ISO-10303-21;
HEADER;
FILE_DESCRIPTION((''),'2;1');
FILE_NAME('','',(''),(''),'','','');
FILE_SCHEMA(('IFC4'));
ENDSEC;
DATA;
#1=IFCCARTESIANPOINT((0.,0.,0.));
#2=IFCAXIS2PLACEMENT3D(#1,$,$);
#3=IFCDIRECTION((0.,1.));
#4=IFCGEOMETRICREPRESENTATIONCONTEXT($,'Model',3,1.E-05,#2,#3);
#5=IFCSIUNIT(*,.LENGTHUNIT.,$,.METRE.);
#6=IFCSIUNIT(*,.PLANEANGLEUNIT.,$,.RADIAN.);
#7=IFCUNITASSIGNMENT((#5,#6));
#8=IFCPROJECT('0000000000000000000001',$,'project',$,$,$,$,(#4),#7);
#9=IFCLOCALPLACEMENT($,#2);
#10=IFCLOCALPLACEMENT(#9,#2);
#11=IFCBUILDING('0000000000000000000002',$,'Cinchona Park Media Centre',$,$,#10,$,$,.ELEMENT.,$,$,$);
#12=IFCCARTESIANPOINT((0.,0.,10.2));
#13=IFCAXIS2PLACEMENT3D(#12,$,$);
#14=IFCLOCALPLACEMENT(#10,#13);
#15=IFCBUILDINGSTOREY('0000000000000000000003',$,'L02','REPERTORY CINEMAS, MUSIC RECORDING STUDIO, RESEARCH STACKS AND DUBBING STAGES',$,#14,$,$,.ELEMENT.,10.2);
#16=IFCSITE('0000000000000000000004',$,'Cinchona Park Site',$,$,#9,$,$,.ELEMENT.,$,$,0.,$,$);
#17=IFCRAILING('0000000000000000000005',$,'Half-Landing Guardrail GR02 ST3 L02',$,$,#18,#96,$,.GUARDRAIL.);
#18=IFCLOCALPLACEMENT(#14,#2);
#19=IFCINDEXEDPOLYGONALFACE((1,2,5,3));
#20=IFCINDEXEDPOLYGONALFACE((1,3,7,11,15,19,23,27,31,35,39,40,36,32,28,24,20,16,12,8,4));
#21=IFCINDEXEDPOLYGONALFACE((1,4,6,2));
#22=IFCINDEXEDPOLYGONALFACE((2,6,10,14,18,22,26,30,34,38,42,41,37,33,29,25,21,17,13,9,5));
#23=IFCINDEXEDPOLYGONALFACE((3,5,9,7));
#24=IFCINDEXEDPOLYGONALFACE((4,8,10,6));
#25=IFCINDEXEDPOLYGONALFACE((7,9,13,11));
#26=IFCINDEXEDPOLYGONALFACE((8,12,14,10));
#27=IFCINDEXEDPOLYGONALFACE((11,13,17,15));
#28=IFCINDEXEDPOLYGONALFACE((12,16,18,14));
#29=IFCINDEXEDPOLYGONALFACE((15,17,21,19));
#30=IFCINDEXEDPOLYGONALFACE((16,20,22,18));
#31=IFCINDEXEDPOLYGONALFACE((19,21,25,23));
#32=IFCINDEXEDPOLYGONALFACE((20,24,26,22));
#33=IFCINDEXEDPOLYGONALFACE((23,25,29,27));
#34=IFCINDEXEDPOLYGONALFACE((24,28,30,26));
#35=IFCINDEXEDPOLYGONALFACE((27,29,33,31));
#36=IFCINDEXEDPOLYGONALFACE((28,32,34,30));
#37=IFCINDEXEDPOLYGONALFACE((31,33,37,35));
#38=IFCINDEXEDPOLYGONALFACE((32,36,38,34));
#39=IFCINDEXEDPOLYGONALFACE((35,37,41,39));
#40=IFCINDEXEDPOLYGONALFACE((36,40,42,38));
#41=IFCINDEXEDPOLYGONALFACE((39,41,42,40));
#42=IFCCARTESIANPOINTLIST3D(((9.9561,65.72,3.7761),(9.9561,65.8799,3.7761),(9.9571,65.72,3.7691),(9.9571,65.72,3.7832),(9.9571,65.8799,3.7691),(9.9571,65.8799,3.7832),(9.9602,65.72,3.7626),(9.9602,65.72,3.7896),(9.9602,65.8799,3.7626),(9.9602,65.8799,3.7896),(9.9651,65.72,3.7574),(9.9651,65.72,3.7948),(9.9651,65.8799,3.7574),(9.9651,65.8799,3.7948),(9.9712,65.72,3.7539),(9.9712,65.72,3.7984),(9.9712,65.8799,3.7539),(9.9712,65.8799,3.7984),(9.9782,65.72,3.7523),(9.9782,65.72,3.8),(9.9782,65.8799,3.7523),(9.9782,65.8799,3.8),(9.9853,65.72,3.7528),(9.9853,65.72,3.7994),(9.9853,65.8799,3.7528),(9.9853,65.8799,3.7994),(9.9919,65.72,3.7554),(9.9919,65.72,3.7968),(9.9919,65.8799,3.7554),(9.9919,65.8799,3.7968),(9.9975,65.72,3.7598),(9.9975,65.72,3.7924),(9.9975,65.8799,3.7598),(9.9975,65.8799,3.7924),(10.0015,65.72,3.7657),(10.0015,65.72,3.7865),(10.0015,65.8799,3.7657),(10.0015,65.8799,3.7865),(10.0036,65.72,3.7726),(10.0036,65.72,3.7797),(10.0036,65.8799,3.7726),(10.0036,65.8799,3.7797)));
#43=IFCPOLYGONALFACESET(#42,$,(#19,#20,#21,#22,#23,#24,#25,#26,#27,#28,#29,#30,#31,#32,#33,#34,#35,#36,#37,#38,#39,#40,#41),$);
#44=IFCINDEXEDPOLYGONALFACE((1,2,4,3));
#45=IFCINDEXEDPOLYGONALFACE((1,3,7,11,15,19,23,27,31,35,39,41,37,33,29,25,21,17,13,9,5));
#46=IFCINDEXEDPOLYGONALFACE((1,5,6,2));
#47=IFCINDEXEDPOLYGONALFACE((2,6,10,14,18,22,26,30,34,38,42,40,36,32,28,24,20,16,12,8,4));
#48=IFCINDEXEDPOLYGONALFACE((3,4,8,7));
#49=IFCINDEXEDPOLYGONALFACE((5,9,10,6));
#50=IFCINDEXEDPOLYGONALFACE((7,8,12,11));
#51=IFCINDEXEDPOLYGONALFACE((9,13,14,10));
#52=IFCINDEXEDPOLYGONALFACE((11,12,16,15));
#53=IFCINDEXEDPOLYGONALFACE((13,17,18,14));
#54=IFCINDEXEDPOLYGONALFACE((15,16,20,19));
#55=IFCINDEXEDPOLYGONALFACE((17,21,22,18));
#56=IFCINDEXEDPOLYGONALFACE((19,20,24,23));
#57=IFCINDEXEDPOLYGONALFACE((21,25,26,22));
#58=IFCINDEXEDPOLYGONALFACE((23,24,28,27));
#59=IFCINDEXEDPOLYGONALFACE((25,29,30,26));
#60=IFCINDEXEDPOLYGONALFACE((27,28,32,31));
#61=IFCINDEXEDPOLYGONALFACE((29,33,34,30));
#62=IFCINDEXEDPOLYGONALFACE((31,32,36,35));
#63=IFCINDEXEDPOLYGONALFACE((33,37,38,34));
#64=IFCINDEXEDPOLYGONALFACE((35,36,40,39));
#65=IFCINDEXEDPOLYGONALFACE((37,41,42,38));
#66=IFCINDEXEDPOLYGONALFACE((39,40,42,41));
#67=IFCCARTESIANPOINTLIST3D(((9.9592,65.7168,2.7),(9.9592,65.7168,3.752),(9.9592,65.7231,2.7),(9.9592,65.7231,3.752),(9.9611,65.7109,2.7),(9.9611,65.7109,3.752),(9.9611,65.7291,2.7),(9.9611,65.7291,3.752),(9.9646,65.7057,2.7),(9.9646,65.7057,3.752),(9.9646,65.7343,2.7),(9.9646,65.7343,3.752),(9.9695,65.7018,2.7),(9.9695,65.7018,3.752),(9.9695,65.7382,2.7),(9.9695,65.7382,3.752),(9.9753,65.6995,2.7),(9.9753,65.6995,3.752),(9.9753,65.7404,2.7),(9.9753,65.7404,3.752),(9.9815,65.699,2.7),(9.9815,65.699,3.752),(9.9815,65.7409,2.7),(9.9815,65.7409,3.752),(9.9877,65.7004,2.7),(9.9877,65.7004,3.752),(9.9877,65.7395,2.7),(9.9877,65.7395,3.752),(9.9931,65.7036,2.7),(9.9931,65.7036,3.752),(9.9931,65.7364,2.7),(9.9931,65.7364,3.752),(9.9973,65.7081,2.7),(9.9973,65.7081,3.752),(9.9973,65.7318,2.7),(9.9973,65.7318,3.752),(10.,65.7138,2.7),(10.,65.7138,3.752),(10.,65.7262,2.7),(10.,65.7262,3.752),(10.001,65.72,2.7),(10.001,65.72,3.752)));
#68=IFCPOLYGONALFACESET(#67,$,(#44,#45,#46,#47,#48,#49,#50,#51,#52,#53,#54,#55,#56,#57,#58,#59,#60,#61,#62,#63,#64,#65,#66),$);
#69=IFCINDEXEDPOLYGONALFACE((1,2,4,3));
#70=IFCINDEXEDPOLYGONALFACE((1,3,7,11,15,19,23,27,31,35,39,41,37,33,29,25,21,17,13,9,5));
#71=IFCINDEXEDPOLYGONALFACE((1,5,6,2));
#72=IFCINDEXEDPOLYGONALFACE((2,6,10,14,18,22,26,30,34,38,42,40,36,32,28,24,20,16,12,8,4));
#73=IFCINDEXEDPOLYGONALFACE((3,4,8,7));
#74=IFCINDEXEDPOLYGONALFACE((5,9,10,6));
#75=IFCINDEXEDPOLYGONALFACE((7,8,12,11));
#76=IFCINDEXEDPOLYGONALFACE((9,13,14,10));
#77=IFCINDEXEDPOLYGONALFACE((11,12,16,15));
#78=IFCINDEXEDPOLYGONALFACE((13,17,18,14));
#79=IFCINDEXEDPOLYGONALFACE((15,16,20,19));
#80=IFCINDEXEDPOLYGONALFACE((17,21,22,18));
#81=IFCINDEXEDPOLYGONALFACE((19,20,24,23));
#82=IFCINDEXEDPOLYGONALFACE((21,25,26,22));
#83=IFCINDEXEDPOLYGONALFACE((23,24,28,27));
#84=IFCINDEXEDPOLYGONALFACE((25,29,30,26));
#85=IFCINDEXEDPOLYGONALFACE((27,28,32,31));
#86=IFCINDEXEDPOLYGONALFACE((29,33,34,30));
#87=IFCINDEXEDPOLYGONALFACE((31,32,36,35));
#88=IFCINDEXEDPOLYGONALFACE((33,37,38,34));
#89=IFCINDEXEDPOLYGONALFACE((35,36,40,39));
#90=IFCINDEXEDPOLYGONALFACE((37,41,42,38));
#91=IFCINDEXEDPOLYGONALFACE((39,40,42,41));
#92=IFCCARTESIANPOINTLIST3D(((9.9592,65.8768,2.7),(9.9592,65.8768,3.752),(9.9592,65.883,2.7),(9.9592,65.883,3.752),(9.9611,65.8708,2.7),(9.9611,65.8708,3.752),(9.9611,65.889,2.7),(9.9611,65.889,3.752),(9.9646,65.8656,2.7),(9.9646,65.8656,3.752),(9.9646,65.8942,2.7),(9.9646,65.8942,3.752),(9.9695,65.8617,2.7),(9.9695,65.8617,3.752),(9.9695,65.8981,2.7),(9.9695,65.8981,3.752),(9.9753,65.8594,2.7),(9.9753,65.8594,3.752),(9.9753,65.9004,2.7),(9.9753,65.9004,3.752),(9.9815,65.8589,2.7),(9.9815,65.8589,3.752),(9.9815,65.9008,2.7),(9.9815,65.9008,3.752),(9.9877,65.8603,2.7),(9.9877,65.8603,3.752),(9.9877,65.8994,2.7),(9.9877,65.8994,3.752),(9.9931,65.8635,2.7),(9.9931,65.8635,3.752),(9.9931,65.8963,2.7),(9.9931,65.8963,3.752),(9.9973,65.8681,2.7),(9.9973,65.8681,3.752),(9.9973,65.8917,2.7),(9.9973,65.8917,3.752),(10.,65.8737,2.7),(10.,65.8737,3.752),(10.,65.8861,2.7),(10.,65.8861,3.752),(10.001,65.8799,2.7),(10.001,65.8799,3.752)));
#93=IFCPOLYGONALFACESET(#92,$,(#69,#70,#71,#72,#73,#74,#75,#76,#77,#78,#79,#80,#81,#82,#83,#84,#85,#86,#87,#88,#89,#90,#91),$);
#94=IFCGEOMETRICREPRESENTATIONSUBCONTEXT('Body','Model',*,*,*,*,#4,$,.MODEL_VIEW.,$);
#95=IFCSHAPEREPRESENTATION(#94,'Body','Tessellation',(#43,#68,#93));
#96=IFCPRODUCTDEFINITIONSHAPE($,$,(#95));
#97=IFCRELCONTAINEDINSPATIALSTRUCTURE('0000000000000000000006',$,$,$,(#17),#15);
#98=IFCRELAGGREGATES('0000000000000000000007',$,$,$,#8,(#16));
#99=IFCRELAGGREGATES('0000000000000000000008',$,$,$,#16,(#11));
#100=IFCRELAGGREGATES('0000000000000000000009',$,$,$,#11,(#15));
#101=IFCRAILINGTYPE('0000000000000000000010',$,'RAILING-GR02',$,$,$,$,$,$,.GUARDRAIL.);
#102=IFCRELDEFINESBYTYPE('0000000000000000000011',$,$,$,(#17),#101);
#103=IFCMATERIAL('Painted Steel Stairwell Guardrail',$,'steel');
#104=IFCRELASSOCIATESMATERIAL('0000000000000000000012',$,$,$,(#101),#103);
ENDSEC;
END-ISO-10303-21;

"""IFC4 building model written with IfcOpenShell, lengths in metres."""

from ifc_helpers import new_model, si_unit, direction, frame, origin, origin_2d, place, context, subcontext, project, spatial, circle, extrude, material, type_object, element, save


model = new_model("IFC4")

# Units and contexts
model_context = context("Model", 3, precision=1e-05, world=origin(), true_north=direction((0.0, 1.0)))
body_context = subcontext(model_context, "Body", "Model", "MODEL_VIEW")
ifc_project = project(units=[si_unit("LENGTHUNIT", "METRE"), si_unit("PLANEANGLEUNIT", "RADIAN")], contexts=[model_context])

# Site, building, storey
site_placement = place(None, origin())
site = spatial("IfcSite", under=ifc_project, at=site_placement, Name="Cinchona Park Site", CompositionType="ELEMENT", RefElevation=0.0)
building_placement = place(site_placement, origin())
building = spatial("IfcBuilding", under=site, at=building_placement, Name="Cinchona Park Media Centre", CompositionType="ELEMENT")
storey_placement = place(building_placement, frame((0.0, 0.0, 10.2)))
storey = spatial("IfcBuildingStorey", under=building, at=storey_placement, Name="L02", Description="REPERTORY CINEMAS, MUSIC RECORDING STUDIO, RESEARCH STACKS AND DUBBING STAGES", CompositionType="ELEMENT", Elevation=10.2)

# Railing
ifc_material_1 = material(Name="Painted Steel Stairwell Guardrail", Category="steel")
railing_type_1 = type_object("IfcRailingType", Name="RAILING-GR02", PredefinedType="GUARDRAIL", material=ifc_material_1)
for number, where, name in (
    (1, (9.98, 65.72, 2.7), "Half-Landing Guardrail GR02 ST3 L02"),
):
    element("IfcRailing", number, at=place(storey_placement, frame(where)), inside=storey, type_object=railing_type_1, Name=name, PredefinedType="GUARDRAIL", context=body_context, shape_type="SweptSolid", body=[
        extrude(circle(Radius=0.0239, at=origin_2d()), frame((0.0, 0.0, 1.0762), z_axis=(0.0, 1.0, 0.0), x_axis=(-1.0, 0.0, 0.0)), (0.0, 0.0, 1.0), 0.1599),
        extrude(circle(Radius=0.021, at=origin_2d()), origin(), (0.0, 0.0, 1.0), 1.052),
        extrude(circle(Radius=0.021, at=origin_2d()), frame((0.0, 0.1599, 0.0)), (0.0, 0.0, 1.0), 1.052),
    ])

save(model, "model.ifc")
